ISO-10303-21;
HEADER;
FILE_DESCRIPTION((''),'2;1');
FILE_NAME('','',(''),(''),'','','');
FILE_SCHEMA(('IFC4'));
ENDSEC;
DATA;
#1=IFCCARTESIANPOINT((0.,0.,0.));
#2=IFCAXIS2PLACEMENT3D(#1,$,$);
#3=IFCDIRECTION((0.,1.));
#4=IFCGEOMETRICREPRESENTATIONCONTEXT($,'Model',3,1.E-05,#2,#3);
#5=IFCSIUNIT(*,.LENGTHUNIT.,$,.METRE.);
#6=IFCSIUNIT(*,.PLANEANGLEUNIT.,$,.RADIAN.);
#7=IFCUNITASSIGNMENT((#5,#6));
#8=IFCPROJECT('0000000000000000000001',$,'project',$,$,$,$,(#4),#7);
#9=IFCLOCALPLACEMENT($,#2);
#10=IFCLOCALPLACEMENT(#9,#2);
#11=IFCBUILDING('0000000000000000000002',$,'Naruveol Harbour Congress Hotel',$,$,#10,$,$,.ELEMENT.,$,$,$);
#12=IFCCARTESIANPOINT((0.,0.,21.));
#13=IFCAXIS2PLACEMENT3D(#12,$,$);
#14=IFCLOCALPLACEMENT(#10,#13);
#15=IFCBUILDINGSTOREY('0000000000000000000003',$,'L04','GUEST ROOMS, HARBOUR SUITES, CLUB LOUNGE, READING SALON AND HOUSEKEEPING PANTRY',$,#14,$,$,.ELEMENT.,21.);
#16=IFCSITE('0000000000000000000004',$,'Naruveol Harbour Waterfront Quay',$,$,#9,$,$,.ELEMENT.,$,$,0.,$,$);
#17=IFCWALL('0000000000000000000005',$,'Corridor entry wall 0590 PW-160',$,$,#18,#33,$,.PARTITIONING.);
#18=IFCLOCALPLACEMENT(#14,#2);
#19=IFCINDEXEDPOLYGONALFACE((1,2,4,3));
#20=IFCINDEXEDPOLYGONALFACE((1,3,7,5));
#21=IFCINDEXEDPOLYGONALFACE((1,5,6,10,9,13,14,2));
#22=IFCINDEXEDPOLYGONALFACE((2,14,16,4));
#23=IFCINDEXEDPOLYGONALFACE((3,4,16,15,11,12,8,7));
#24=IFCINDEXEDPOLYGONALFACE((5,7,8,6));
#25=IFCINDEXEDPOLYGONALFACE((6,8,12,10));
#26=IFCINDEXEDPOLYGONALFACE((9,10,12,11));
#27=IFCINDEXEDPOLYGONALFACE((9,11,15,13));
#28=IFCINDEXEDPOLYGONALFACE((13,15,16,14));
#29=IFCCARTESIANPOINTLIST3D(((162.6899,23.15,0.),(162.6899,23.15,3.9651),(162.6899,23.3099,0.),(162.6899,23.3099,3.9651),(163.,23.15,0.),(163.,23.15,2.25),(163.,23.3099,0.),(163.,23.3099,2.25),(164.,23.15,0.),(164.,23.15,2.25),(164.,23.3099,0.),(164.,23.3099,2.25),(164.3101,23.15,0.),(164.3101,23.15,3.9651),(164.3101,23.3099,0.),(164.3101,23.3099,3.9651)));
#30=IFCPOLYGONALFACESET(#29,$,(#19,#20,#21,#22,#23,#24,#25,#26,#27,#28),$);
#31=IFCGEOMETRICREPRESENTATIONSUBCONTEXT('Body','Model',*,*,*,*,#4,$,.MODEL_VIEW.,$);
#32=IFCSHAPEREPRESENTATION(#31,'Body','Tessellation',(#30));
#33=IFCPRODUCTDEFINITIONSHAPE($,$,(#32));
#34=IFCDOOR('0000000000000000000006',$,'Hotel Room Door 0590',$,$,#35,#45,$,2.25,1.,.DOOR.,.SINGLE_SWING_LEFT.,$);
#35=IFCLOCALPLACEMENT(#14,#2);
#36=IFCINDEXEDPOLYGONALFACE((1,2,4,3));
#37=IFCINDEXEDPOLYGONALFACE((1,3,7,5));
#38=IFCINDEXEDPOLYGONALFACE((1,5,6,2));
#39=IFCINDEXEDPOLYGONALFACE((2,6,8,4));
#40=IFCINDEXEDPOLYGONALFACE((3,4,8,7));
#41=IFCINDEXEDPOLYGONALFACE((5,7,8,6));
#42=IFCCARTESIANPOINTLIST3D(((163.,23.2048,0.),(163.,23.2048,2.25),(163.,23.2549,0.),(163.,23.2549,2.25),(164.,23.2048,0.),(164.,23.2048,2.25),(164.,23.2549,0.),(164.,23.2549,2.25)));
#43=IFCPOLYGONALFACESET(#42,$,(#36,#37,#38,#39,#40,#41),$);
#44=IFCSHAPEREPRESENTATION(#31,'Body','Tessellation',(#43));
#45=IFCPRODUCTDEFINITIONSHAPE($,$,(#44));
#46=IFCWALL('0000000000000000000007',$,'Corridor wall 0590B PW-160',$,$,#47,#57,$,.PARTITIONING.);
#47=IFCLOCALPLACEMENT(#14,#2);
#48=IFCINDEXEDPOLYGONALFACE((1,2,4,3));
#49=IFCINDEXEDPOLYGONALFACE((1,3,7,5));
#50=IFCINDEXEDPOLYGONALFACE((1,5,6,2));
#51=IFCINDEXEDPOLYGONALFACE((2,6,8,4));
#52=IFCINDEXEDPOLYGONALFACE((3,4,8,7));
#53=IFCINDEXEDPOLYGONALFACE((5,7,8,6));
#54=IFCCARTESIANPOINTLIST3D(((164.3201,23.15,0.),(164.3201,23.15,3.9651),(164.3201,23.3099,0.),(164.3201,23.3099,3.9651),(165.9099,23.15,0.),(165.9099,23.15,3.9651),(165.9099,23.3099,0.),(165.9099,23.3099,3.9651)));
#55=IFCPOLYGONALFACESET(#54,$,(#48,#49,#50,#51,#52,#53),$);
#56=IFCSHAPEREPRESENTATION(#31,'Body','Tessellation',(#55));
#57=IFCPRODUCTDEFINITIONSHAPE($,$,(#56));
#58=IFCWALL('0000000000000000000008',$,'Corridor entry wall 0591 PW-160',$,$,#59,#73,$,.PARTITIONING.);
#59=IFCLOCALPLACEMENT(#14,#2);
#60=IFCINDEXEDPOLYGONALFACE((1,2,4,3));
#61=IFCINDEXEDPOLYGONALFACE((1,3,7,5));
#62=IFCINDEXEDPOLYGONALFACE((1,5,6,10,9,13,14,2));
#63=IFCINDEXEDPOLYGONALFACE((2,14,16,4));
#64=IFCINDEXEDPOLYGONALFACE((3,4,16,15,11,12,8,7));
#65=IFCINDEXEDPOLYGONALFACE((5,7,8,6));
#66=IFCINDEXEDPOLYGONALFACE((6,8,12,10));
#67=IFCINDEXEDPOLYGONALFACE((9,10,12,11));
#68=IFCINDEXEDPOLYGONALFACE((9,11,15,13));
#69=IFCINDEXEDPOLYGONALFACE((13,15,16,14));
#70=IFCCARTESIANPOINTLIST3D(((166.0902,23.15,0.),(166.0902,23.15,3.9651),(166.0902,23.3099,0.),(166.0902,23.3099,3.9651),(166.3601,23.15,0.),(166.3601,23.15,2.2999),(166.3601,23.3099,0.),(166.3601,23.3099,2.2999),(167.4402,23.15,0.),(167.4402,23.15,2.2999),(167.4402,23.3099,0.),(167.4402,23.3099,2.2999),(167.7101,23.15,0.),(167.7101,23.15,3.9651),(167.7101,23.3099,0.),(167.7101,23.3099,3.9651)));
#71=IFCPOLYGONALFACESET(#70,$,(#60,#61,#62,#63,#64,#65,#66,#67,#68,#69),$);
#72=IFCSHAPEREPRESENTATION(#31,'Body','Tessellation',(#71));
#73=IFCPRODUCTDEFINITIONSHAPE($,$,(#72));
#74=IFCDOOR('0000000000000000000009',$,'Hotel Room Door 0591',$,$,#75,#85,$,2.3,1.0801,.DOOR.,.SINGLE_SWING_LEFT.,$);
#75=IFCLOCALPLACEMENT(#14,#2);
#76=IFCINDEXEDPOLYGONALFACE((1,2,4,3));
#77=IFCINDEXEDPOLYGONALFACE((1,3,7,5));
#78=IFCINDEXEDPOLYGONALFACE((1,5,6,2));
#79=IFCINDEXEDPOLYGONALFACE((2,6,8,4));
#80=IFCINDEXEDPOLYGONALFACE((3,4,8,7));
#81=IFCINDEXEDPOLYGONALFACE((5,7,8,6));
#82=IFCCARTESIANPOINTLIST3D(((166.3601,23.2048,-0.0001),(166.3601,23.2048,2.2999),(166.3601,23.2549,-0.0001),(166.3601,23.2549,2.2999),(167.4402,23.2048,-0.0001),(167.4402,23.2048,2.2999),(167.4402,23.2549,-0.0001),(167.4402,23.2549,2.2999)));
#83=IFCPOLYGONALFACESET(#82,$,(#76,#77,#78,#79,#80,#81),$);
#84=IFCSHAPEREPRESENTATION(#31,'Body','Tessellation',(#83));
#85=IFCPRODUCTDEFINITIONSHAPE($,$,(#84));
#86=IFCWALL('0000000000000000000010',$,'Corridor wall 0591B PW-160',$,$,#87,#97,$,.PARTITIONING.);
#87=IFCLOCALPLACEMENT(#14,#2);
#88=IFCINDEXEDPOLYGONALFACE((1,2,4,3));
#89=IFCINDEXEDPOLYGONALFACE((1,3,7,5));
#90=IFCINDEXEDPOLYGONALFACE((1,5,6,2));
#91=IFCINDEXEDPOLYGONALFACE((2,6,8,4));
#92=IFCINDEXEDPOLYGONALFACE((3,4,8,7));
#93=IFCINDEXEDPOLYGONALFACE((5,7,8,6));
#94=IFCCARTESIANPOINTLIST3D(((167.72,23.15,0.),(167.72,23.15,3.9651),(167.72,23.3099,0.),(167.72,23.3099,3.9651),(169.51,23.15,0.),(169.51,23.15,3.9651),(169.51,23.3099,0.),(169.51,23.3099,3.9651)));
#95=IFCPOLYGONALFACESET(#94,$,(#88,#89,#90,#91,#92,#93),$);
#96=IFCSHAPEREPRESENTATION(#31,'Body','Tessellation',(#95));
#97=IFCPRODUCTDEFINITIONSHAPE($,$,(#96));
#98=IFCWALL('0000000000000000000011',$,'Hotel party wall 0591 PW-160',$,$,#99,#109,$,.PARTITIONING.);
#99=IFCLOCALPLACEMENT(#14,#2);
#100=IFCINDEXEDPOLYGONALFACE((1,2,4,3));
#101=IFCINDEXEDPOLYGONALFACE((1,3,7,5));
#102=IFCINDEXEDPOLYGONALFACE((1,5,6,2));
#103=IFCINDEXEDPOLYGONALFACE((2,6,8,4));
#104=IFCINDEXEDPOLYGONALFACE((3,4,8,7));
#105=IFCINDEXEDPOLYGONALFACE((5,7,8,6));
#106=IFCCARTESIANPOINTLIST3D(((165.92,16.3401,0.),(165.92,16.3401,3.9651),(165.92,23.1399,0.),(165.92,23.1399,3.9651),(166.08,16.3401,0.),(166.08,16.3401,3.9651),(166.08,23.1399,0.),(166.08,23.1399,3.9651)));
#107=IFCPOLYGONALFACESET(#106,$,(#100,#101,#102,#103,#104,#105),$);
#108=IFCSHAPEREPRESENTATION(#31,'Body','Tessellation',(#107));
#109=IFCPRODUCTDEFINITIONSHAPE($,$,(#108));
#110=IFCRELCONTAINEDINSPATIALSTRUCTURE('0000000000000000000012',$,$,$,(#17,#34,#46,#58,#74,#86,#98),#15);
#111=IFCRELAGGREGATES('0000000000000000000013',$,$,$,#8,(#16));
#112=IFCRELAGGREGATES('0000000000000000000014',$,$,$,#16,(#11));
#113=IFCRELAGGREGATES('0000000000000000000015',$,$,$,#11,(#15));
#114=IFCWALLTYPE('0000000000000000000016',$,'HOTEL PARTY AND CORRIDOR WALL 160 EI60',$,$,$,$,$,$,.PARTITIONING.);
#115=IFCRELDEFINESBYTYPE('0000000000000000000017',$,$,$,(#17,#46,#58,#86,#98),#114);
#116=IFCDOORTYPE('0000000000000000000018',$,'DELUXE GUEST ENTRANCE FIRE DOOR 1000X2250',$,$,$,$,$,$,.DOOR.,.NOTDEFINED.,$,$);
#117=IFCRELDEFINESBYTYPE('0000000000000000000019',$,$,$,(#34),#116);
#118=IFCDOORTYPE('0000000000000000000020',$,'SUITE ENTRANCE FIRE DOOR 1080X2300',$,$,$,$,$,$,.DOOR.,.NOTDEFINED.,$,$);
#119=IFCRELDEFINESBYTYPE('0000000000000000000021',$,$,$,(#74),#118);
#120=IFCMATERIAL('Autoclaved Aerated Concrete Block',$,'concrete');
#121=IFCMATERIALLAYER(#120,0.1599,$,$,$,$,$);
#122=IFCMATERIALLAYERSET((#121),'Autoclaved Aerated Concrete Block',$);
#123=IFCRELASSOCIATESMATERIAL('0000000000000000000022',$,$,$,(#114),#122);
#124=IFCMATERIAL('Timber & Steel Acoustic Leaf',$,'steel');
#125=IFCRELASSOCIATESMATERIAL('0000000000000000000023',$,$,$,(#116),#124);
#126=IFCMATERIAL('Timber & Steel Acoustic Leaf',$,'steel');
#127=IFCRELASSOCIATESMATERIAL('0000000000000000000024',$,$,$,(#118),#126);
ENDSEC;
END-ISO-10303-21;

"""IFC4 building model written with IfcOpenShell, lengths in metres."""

from ifc_helpers import new_model, si_unit, direction, frame, frame_2d, origin, place, context, subcontext, project, spatial, rectangle, extrude, material, layer, layer_set, type_object, element, fill, save


model = new_model("IFC4")

# Units and contexts
model_context = context("Model", 3, precision=1e-05, world=origin(), true_north=direction((0.0, 1.0)))
body_context = subcontext(model_context, "Body", "Model", "MODEL_VIEW")
ifc_project = project(units=[si_unit("LENGTHUNIT", "METRE"), si_unit("PLANEANGLEUNIT", "RADIAN")], contexts=[model_context])

# Site, building, storey
site_placement = place(None, origin())
site = spatial("IfcSite", under=ifc_project, at=site_placement, Name="Naruveol Harbour Waterfront Quay", CompositionType="ELEMENT", RefElevation=0.0)
building_placement = place(site_placement, origin())
building = spatial("IfcBuilding", under=site, at=building_placement, Name="Naruveol Harbour Congress Hotel", CompositionType="ELEMENT")
storey_placement = place(building_placement, frame((0.0, 0.0, 21.0)))
storey = spatial("IfcBuildingStorey", under=building, at=storey_placement, Name="L04", Description="GUEST ROOMS, HARBOUR SUITES, CLUB LOUNGE, READING SALON AND HOUSEKEEPING PANTRY", CompositionType="ELEMENT", Elevation=21.0)

# Wall, opening, door
ifc_material_1 = material(Name="Autoclaved Aerated Concrete Block", Category="concrete")
ifc_layer_1 = layer(ifc_material_1, 0.1599)
ifc_layer_set_1 = layer_set([ifc_layer_1], Name="Autoclaved Aerated Concrete Block")
wall_type_1 = type_object("IfcWallType", Name="HOTEL PARTY AND CORRIDOR WALL 160 EI60", PredefinedType="PARTITIONING", material=ifc_layer_set_1)
wall_1_placement = place(storey_placement, frame((162.6899, 23.23, 0.0), z_axis=(0.0, 0.0, 1.0), x_axis=(1.0, 0.0, 0.0)))
wall_1 = element("IfcWall", 1, at=wall_1_placement, inside=storey, type_object=wall_type_1, Name="Corridor entry wall 0590 PW-160", PredefinedType="PARTITIONING", context=body_context, shape_type="SweptSolid", body=[
    extrude(rectangle(XDim=1.6201, YDim=0.1599, at=frame_2d((0.8101, 0.0))), origin(), (0.0, 0.0, 1.0), 3.9651),
])
opening_1_placement = place(wall_1_placement, frame((0.3101, 0.0, 0.0)))
opening_1 = element("IfcOpeningElement", 2, at=opening_1_placement, cuts=wall_1, PredefinedType="OPENING", context=body_context, shape_type="SweptSolid", body=[
    extrude(rectangle(XDim=1.0, YDim=2.25, at=frame_2d((0.5, 1.125))), frame((0.0, 0.0898, 0.0), z_axis=(0.0, -1.0, 0.0), x_axis=(1.0, 0.0, 0.0)), (0.0, 0.0, 1.0), 0.1799),
])
ifc_material_2 = material(Name="Timber & Steel Acoustic Leaf", Category="steel")
door_type_1 = type_object("IfcDoorType", Name="DELUXE GUEST ENTRANCE FIRE DOOR 1000X2250", OperationType="NOTDEFINED", PredefinedType="DOOR", material=ifc_material_2)
door_1_placement = place(opening_1_placement, origin())
door_1 = element("IfcDoor", 3, at=door_1_placement, inside=storey, type_object=door_type_1, Name="Hotel Room Door 0590", OperationType="SINGLE_SWING_LEFT", OverallHeight=2.25, OverallWidth=1.0, PredefinedType="DOOR", context=body_context, shape_type="SweptSolid", body=[
    extrude(rectangle(XDim=1.0, YDim=2.25, at=frame_2d((0.5, 1.125))), frame((0.0, 0.0249, 0.0), z_axis=(0.0, -1.0, 0.0), x_axis=(1.0, 0.0, 0.0)), (0.0, 0.0, 1.0), 0.05),
])
fill(opening_1, door_1)

# Wall
wall_2_placement = place(storey_placement, frame((164.3201, 23.23, 0.0), z_axis=(0.0, 0.0, 1.0), x_axis=(1.0, 0.0, 0.0)))
element("IfcWall", 4, at=wall_2_placement, inside=storey, type_object=wall_type_1, Name="Corridor wall 0590B PW-160", PredefinedType="PARTITIONING", context=body_context, shape_type="SweptSolid", body=[
    extrude(rectangle(XDim=1.5898, YDim=0.1599, at=frame_2d((0.7949, 0.0))), origin(), (0.0, 0.0, 1.0), 3.9651),
])

# Wall, opening, door
wall_3_placement = place(storey_placement, frame((166.0901, 23.23, 0.0), z_axis=(0.0, 0.0, 1.0), x_axis=(1.0, 0.0, 0.0)))
wall_3 = element("IfcWall", 5, at=wall_3_placement, inside=storey, type_object=wall_type_1, Name="Corridor entry wall 0591 PW-160", PredefinedType="PARTITIONING", context=body_context, shape_type="SweptSolid", body=[
    extrude(rectangle(XDim=1.6199, YDim=0.1599, at=frame_2d((0.8101, 0.0))), origin(), (0.0, 0.0, 1.0), 3.9651),
])
opening_2_placement = place(wall_3_placement, frame((0.27, 0.0, 0.0)))
opening_2 = element("IfcOpeningElement", 6, at=opening_2_placement, cuts=wall_3, PredefinedType="OPENING", context=body_context, shape_type="SweptSolid", body=[
    extrude(rectangle(XDim=1.0801, YDim=2.3, at=frame_2d((0.54, 1.1499))), frame((0.0, 0.0898, 0.0), z_axis=(0.0, -1.0, 0.0), x_axis=(1.0, 0.0, 0.0)), (0.0, 0.0, 1.0), 0.1799),
])
ifc_material_3 = material(Name="Timber & Steel Acoustic Leaf", Category="steel")
door_type_2 = type_object("IfcDoorType", Name="SUITE ENTRANCE FIRE DOOR 1080X2300", OperationType="NOTDEFINED", PredefinedType="DOOR", material=ifc_material_3)
door_2_placement = place(opening_2_placement, origin())
door_2 = element("IfcDoor", 7, at=door_2_placement, inside=storey, type_object=door_type_2, Name="Hotel Room Door 0591", OperationType="SINGLE_SWING_LEFT", OverallHeight=2.3, OverallWidth=1.0801, PredefinedType="DOOR", context=body_context, shape_type="SweptSolid", body=[
    extrude(rectangle(XDim=1.0801, YDim=2.3, at=frame_2d((0.54, 1.1499))), frame((0.0, 0.0249, 0.0), z_axis=(0.0, -1.0, 0.0), x_axis=(1.0, 0.0, 0.0)), (0.0, 0.0, 1.0), 0.05),
])
fill(opening_2, door_2)

# Walls
wall_4_placement = place(storey_placement, frame((167.72, 23.23, 0.0), z_axis=(0.0, 0.0, 1.0), x_axis=(1.0, 0.0, 0.0)))
element("IfcWall", 8, at=wall_4_placement, inside=storey, type_object=wall_type_1, Name="Corridor wall 0591B PW-160", PredefinedType="PARTITIONING", context=body_context, shape_type="SweptSolid", body=[
    extrude(rectangle(XDim=1.79, YDim=0.1599, at=frame_2d((0.895, 0.0))), origin(), (0.0, 0.0, 1.0), 3.9651),
])
wall_5_placement = place(storey_placement, frame((166.0, 16.3401, 0.0), z_axis=(0.0, 0.0, 1.0), x_axis=(0.0, 1.0, 0.0)))
element("IfcWall", 9, at=wall_5_placement, inside=storey, type_object=wall_type_1, Name="Hotel party wall 0591 PW-160", PredefinedType="PARTITIONING", context=body_context, shape_type="SweptSolid", body=[
    extrude(rectangle(XDim=6.7998, YDim=0.1599, at=frame_2d((3.3999, 0.0))), origin(), (0.0, 0.0, 1.0), 3.9651),
])

save(model, "model.ifc")
